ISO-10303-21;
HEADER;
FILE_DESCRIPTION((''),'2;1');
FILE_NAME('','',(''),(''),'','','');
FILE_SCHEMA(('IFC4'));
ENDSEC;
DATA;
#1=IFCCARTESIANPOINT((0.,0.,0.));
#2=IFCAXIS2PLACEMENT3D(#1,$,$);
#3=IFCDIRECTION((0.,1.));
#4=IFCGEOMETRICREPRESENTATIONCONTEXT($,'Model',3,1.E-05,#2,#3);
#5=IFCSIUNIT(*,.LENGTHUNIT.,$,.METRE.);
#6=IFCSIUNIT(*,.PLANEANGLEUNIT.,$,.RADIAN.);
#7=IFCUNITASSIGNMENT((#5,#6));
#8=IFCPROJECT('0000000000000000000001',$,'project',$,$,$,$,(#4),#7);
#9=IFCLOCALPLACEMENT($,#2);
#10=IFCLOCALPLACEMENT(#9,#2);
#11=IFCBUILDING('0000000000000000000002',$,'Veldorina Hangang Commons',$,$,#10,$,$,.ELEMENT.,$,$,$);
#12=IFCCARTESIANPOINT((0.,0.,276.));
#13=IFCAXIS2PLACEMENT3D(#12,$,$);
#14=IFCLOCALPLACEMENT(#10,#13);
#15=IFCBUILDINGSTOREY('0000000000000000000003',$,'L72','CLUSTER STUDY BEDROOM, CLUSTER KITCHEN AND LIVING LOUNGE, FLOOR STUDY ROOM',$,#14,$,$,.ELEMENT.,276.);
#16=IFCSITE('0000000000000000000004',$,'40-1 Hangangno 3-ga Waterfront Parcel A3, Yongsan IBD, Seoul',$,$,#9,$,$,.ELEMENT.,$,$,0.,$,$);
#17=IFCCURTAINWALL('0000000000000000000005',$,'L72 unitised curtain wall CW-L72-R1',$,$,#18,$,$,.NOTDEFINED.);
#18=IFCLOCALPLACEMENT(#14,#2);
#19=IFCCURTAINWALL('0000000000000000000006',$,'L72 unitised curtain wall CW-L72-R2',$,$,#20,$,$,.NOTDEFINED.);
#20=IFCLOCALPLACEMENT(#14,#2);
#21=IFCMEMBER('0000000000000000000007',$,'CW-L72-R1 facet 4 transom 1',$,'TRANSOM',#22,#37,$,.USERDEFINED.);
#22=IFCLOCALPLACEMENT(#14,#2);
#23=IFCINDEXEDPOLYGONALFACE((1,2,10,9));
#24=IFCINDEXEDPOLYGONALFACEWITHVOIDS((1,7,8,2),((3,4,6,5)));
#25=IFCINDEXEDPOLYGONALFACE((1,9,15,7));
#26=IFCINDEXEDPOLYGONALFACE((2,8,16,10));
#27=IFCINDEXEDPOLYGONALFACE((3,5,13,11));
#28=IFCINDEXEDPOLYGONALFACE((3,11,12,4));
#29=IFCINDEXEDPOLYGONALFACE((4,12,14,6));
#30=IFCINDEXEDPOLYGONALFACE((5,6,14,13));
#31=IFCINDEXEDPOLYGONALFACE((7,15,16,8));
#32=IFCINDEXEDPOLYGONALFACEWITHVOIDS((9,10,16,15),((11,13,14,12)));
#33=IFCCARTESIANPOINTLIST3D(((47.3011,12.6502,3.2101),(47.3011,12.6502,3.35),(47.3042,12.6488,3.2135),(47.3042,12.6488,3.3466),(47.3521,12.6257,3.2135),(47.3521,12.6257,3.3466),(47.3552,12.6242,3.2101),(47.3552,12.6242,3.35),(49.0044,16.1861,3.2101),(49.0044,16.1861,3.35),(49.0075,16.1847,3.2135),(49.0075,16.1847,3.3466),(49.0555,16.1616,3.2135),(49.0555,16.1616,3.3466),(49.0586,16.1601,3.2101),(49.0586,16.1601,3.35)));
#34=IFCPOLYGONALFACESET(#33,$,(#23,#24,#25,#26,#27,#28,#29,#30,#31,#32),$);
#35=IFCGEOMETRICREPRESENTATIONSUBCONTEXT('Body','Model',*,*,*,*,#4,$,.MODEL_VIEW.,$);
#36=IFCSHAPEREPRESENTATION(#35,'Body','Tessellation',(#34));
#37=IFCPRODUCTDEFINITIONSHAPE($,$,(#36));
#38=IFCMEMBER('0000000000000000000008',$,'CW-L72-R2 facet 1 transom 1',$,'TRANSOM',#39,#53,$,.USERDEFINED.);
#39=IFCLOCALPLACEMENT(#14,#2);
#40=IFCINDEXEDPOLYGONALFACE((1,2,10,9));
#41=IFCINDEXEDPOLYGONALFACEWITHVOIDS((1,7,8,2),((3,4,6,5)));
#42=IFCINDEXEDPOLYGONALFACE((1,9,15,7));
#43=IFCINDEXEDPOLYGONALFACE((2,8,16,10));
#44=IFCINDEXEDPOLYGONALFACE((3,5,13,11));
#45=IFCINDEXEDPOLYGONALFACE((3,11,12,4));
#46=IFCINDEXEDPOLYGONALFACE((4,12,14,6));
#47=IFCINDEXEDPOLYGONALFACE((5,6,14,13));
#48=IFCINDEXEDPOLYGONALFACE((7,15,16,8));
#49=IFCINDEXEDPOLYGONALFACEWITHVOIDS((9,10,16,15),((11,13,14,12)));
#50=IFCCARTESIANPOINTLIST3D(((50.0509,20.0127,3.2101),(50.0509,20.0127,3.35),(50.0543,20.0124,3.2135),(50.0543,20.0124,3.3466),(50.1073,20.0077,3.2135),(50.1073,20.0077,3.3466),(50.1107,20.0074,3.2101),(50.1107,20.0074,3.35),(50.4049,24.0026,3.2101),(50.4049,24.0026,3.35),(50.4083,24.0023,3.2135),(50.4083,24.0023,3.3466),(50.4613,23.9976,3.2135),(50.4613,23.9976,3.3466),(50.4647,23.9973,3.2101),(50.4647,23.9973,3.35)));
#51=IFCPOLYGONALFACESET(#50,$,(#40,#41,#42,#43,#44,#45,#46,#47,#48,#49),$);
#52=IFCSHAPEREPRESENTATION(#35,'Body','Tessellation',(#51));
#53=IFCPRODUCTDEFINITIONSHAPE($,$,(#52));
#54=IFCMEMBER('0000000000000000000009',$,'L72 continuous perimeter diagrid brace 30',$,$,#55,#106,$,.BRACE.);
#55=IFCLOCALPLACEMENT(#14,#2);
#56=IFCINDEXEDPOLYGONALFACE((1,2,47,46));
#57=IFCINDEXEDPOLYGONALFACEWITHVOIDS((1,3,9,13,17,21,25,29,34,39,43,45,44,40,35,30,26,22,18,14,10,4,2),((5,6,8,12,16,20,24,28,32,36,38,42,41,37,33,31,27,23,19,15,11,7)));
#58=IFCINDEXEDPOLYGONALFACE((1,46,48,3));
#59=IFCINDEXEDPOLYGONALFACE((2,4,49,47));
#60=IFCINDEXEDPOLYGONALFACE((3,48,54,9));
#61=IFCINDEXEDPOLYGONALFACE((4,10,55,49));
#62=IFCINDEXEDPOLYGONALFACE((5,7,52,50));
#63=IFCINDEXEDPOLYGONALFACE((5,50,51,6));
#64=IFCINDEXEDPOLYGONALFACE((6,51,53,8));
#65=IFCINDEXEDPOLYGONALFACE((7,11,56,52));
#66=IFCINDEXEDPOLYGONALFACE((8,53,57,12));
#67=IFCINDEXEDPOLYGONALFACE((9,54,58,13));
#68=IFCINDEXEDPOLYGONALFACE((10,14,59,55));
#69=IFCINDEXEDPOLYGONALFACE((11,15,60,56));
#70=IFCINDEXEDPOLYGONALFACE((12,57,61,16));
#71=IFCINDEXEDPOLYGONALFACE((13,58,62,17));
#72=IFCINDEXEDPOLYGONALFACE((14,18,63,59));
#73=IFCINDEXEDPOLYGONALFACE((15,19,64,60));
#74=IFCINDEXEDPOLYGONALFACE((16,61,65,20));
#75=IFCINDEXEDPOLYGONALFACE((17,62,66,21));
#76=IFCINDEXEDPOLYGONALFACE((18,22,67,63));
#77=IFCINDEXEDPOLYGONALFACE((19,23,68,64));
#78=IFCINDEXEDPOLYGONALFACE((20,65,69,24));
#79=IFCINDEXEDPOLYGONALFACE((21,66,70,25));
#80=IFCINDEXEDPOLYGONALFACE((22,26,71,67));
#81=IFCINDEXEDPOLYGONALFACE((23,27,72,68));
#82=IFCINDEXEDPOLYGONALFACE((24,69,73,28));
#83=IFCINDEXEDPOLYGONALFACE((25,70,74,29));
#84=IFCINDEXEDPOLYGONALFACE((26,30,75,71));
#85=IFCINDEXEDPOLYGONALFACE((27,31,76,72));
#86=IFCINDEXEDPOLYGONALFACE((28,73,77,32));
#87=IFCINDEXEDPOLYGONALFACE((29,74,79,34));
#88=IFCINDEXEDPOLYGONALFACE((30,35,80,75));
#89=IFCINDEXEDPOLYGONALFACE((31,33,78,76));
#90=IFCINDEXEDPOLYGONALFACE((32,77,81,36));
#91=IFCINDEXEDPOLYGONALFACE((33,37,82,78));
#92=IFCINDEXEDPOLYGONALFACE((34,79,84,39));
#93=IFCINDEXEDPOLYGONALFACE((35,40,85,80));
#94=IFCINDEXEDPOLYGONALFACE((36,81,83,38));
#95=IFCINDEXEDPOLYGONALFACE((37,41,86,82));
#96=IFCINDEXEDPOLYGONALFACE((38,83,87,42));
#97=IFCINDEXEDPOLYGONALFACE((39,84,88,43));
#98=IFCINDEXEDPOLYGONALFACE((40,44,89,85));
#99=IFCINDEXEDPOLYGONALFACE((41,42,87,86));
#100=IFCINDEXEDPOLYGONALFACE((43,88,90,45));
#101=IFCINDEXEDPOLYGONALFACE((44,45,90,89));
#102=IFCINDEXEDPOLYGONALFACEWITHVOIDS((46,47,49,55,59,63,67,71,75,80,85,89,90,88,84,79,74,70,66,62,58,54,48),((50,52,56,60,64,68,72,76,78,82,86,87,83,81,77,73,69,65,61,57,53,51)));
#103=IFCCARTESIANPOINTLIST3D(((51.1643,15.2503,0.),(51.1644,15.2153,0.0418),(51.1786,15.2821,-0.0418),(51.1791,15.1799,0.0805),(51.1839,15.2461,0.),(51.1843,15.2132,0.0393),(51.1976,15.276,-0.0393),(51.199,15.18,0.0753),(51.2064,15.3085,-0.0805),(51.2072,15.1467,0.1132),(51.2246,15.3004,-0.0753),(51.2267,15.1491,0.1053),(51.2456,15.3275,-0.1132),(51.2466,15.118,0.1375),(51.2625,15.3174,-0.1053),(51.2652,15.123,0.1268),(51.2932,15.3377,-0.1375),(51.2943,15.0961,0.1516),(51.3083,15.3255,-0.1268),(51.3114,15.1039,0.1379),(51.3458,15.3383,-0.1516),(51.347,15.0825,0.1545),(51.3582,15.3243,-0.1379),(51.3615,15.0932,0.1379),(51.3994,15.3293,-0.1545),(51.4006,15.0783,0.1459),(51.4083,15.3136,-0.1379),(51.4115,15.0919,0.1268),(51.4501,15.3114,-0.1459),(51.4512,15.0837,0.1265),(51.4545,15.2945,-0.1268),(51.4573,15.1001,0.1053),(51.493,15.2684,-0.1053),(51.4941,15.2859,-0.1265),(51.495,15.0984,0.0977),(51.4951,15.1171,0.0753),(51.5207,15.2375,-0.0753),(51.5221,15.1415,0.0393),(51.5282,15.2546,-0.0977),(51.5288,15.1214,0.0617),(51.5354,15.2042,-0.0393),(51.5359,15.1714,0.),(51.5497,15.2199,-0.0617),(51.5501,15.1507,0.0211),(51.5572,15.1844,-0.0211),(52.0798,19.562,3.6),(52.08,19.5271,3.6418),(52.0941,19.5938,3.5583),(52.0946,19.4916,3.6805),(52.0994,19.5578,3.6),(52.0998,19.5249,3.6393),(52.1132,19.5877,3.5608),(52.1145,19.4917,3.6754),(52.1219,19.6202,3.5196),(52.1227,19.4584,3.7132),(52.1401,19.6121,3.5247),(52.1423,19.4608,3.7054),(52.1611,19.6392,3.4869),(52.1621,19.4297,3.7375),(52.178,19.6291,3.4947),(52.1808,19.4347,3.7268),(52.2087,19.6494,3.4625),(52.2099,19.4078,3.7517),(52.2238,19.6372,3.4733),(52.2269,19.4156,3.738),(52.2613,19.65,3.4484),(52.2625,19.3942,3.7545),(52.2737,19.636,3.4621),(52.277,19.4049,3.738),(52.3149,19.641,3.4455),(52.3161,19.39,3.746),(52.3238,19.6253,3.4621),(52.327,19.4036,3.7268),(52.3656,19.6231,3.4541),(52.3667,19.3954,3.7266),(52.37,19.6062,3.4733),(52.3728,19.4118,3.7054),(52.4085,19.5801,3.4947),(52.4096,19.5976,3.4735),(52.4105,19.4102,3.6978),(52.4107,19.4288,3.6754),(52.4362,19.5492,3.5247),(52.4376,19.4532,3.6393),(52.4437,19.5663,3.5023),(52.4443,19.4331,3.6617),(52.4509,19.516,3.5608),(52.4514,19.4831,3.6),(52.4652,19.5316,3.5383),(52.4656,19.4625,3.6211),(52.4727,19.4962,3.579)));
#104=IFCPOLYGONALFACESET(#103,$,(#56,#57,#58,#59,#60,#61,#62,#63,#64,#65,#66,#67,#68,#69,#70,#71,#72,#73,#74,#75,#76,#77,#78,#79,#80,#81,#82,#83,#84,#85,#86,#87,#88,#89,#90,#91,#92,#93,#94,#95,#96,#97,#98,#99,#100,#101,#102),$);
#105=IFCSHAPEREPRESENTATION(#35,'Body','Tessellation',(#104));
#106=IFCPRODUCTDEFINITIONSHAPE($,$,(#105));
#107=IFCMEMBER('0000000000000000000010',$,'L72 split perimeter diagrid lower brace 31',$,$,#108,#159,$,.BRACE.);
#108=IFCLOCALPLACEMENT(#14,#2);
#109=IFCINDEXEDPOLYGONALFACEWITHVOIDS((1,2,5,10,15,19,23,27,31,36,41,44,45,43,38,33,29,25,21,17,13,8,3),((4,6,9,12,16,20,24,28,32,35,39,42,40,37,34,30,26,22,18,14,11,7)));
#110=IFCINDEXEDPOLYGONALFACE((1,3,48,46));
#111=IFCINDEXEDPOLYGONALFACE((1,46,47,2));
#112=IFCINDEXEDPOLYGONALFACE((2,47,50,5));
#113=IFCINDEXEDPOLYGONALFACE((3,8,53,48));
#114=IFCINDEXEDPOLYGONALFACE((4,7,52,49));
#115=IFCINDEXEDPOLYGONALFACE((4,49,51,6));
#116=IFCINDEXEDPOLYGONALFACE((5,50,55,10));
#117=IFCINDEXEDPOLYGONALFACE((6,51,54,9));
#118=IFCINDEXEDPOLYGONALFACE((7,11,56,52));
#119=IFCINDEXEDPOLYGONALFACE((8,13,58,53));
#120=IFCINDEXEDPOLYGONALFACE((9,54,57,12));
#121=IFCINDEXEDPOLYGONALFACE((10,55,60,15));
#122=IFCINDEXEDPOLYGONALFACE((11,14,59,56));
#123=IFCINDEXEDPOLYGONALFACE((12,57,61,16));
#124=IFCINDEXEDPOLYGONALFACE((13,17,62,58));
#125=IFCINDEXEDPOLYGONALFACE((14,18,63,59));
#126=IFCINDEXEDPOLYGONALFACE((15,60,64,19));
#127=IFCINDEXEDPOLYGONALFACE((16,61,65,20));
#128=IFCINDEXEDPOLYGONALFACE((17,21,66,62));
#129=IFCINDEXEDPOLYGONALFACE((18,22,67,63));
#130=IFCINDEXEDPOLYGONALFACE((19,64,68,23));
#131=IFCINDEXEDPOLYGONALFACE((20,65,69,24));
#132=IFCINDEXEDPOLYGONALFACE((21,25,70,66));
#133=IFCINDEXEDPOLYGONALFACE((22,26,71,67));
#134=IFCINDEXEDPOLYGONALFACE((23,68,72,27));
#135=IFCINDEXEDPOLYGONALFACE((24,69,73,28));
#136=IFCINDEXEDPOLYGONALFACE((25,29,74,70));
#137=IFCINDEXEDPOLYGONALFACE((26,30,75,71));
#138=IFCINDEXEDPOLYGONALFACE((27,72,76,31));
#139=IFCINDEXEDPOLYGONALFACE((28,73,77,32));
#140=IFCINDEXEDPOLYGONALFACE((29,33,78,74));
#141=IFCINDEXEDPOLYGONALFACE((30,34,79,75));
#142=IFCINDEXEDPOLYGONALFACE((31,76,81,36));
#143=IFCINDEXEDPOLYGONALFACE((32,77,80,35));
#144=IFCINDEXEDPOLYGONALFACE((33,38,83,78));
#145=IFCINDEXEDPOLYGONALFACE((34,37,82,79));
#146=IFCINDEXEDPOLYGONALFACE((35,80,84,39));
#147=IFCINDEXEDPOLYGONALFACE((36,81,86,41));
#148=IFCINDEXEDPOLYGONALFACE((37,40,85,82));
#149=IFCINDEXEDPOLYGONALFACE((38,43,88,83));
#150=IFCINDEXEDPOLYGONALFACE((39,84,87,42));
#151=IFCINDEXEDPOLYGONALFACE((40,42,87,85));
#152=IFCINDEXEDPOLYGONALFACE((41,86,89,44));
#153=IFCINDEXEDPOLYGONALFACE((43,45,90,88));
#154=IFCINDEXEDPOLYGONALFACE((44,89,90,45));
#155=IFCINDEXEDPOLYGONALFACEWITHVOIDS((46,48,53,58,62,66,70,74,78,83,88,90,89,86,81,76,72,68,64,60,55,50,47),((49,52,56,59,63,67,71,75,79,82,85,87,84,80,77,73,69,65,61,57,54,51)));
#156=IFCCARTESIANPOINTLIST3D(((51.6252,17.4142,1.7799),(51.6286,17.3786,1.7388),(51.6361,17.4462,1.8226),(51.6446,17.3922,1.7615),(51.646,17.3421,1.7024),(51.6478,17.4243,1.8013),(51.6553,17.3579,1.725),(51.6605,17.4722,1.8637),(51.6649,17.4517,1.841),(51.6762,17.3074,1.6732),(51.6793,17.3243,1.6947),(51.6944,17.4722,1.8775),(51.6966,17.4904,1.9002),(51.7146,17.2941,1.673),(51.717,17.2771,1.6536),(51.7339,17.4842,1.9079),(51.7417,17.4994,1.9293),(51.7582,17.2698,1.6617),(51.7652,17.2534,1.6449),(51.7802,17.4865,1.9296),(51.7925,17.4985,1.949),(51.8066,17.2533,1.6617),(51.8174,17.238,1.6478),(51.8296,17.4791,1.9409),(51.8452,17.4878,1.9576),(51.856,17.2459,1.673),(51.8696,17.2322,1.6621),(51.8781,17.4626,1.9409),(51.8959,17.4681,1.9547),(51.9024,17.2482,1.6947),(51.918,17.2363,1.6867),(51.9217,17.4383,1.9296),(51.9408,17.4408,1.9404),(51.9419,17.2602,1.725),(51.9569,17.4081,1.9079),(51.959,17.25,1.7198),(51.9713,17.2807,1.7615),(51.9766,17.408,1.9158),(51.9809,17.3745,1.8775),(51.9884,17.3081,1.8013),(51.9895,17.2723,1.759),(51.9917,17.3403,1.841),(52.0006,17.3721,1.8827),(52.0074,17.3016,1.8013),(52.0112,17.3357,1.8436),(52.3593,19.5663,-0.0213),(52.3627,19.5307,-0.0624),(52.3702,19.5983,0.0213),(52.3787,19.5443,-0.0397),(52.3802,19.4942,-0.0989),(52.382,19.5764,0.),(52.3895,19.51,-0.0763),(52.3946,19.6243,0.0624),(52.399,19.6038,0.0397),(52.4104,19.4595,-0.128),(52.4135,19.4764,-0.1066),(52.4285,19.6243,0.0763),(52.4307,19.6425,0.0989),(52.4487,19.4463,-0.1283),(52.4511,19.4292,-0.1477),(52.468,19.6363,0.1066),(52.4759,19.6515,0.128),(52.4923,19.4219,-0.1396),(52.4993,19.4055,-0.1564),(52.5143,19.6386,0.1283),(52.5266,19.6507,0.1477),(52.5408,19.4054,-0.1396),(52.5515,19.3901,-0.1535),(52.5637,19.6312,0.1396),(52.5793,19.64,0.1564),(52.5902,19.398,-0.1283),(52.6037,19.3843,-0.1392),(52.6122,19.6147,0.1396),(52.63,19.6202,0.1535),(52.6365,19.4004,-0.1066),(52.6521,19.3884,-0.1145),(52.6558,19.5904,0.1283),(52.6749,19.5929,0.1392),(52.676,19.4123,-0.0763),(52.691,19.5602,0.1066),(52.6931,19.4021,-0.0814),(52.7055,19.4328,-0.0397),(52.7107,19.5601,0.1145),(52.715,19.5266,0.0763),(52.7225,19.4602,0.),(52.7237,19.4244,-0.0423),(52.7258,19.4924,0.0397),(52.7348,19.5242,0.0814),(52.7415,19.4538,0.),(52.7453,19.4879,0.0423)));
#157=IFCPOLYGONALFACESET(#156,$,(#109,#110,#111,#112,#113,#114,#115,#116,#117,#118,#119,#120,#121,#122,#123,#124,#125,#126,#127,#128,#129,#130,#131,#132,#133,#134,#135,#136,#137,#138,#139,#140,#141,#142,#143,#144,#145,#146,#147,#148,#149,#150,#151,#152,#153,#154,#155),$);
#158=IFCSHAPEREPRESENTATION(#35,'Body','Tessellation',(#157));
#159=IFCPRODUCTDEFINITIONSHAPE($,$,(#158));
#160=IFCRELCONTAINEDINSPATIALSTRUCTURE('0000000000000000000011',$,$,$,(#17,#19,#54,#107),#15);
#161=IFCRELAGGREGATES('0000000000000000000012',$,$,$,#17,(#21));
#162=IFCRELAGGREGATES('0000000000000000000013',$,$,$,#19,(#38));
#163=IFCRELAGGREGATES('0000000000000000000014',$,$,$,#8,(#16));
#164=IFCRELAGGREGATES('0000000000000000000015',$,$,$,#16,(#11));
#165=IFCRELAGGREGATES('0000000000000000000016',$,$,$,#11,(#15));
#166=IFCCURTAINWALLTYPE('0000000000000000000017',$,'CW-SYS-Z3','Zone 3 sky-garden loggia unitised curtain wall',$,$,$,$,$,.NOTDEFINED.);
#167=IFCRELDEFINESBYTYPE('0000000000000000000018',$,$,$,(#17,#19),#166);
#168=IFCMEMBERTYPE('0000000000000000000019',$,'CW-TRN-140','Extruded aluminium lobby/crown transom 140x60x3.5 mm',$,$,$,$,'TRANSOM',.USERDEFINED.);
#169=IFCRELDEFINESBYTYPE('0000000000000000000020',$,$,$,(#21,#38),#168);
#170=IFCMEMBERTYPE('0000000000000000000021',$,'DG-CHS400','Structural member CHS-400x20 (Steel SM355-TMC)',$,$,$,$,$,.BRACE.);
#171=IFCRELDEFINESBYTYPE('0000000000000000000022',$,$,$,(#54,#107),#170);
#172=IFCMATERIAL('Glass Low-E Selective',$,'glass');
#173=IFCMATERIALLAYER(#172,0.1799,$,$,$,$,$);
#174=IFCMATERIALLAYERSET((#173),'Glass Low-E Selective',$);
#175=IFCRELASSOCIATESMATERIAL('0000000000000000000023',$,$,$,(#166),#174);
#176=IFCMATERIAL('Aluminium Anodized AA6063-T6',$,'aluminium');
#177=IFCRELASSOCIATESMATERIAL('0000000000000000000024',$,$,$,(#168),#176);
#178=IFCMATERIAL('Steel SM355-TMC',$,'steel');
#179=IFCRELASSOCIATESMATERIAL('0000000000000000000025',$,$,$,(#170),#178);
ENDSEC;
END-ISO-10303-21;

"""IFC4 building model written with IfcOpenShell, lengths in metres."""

from ifc_helpers import new_model, si_unit, direction, frame, origin, origin_2d, place, context, subcontext, project, spatial, hollow_rectangle, hollow_circle, extrude, material, layer, layer_set, material_profile, profile_set, type_object, element, aggregate, save


model = new_model("IFC4")

# Units and contexts
model_context = context("Model", 3, precision=1e-05, world=origin(), true_north=direction((0.0, 1.0)))
body_context = subcontext(model_context, "Body", "Model", "MODEL_VIEW")
ifc_project = project(units=[si_unit("LENGTHUNIT", "METRE"), si_unit("PLANEANGLEUNIT", "RADIAN")], contexts=[model_context])

# Site, building, storey
site_placement = place(None, origin())
site = spatial("IfcSite", under=ifc_project, at=site_placement, Name="40-1 Hangangno 3-ga Waterfront Parcel A3, Yongsan IBD, Seoul", CompositionType="ELEMENT", RefElevation=0.0)
building_placement = place(site_placement, origin())
building = spatial("IfcBuilding", under=site, at=building_placement, Name="Veldorina Hangang Commons", CompositionType="ELEMENT")
storey_placement = place(building_placement, frame((0.0, 0.0, 276.0)))
storey = spatial("IfcBuildingStorey", under=building, at=storey_placement, Name="L72", Description="CLUSTER STUDY BEDROOM, CLUSTER KITCHEN AND LIVING LOUNGE, FLOOR STUDY ROOM", CompositionType="ELEMENT", Elevation=276.0)

# Shared definitions
ifc_material_1 = material(Name="Steel SM355-TMC", Category="steel")

# Curtain walls
ifc_material_2 = material(Name="Glass Low-E Selective", Category="glass")
ifc_layer_1 = layer(ifc_material_2, 0.1799)
ifc_layer_set_1 = layer_set([ifc_layer_1], Name="Glass Low-E Selective")
curtain_wall_type = type_object("IfcCurtainWallType", Name="CW-SYS-Z3", Description="Zone 3 sky-garden loggia unitised curtain wall", PredefinedType="NOTDEFINED", material=ifc_layer_set_1)
curtain_wall_1_placement = place(storey_placement, origin())
curtain_wall_1 = element("IfcCurtainWall", 1, at=curtain_wall_1_placement, inside=storey, type_object=curtain_wall_type, Name="L72 unitised curtain wall CW-L72-R1", PredefinedType="NOTDEFINED")
ifc_material_3 = material(Name="Aluminium Anodized AA6063-T6", Category="aluminium")
curtain_wall_2_placement = place(storey_placement, origin())
curtain_wall_2 = element("IfcCurtainWall", 2, at=curtain_wall_2_placement, inside=storey, type_object=curtain_wall_type, Name="L72 unitised curtain wall CW-L72-R2", PredefinedType="NOTDEFINED")

# Members
ifc_material_profile_1 = material_profile(ifc_material_3, hollow_rectangle(XDim=0.0601, YDim=0.1399, WallThickness=0.0034, at=origin_2d()), Name="ALU-RHS-140x60x3.5")
ifc_profile_set_1 = profile_set([ifc_material_profile_1], Name="Aluminium Anodized AA6063-T6")
member_type_1 = type_object("IfcMemberType", Name="CW-TRN-140", Description="Extruded aluminium lobby/crown transom 140x60x3.5 mm", ElementType="TRANSOM", PredefinedType="USERDEFINED", material=ifc_profile_set_1)
member_1_placement = place(storey_placement, frame((47.3281, 12.6372, 3.28), z_axis=(0.434003, 0.900912, 0.0), x_axis=(-0.900912, 0.434003, 0.0)))
member_1 = element("IfcMember", 3, at=member_1_placement, type_object=member_type_1, Name="CW-L72-R1 facet 4 transom 1", ObjectType="TRANSOM", PredefinedType="USERDEFINED", context=body_context, shape_type="SweptSolid", body=[
    extrude(hollow_rectangle(XDim=0.0601, YDim=0.1399, WallThickness=0.0034, at=origin_2d()), origin(), (0.0, 0.0, 1.0), 3.9248),
])
member_2_placement = place(storey_placement, frame((50.0808, 20.01, 3.28), z_axis=(0.088376, 0.996087, 0.0), x_axis=(-0.996087, 0.088376, 0.0)))
member_2 = element("IfcMember", 4, at=member_2_placement, type_object=member_type_1, Name="CW-L72-R2 facet 1 transom 1", ObjectType="TRANSOM", PredefinedType="USERDEFINED", context=body_context, shape_type="SweptSolid", body=[
    extrude(hollow_rectangle(XDim=0.0601, YDim=0.1399, WallThickness=0.0034, at=origin_2d()), origin(), (0.0, 0.0, 1.0), 4.0056),
])

# Members
ifc_material_profile_2 = material_profile(ifc_material_1, hollow_circle(Radius=0.2, WallThickness=0.02, at=origin_2d()), Name="CHS-400x20")
ifc_profile_set_2 = profile_set([ifc_material_profile_2], Name="Steel SM355-TMC")
member_type_2 = type_object("IfcMemberType", Name="DG-CHS400", Description="Structural member CHS-400x20 (Steel SM355-TMC)", PredefinedType="BRACE", material=ifc_profile_set_2)
member_3_placement = place(storey_placement, frame((51.3599, 15.2087, 0.0), z_axis=(0.160866, 0.757615, 0.632568), x_axis=(-0.978192, 0.207702, 0.0)))
element("IfcMember", 5, at=member_3_placement, inside=storey, type_object=member_type_2, Name="L72 continuous perimeter diagrid brace 30", PredefinedType="BRACE", context=body_context, shape_type="SweptSolid", body=[
    extrude(hollow_circle(Radius=0.2, WallThickness=0.02, at=origin_2d()), origin(), (0.0, 0.0, 1.0), 5.6912),
])
member_4_placement = place(storey_placement, frame((52.5522, 19.5183, 0.0), z_axis=(-0.253073, -0.74188, 0.620941), x_axis=(0.946448, -0.322855, 0.0)))
element("IfcMember", 6, at=member_4_placement, inside=storey, type_object=member_type_2, Name="L72 split perimeter diagrid lower brace 31", PredefinedType="BRACE", context=body_context, shape_type="SweptSolid", body=[
    extrude(hollow_circle(Radius=0.2, WallThickness=0.02, at=origin_2d()), origin(), (0.0, 0.0, 1.0), 2.9009),
])

aggregate(curtain_wall_1, [member_1])
aggregate(curtain_wall_2, [member_2])

save(model, "model.ifc")
